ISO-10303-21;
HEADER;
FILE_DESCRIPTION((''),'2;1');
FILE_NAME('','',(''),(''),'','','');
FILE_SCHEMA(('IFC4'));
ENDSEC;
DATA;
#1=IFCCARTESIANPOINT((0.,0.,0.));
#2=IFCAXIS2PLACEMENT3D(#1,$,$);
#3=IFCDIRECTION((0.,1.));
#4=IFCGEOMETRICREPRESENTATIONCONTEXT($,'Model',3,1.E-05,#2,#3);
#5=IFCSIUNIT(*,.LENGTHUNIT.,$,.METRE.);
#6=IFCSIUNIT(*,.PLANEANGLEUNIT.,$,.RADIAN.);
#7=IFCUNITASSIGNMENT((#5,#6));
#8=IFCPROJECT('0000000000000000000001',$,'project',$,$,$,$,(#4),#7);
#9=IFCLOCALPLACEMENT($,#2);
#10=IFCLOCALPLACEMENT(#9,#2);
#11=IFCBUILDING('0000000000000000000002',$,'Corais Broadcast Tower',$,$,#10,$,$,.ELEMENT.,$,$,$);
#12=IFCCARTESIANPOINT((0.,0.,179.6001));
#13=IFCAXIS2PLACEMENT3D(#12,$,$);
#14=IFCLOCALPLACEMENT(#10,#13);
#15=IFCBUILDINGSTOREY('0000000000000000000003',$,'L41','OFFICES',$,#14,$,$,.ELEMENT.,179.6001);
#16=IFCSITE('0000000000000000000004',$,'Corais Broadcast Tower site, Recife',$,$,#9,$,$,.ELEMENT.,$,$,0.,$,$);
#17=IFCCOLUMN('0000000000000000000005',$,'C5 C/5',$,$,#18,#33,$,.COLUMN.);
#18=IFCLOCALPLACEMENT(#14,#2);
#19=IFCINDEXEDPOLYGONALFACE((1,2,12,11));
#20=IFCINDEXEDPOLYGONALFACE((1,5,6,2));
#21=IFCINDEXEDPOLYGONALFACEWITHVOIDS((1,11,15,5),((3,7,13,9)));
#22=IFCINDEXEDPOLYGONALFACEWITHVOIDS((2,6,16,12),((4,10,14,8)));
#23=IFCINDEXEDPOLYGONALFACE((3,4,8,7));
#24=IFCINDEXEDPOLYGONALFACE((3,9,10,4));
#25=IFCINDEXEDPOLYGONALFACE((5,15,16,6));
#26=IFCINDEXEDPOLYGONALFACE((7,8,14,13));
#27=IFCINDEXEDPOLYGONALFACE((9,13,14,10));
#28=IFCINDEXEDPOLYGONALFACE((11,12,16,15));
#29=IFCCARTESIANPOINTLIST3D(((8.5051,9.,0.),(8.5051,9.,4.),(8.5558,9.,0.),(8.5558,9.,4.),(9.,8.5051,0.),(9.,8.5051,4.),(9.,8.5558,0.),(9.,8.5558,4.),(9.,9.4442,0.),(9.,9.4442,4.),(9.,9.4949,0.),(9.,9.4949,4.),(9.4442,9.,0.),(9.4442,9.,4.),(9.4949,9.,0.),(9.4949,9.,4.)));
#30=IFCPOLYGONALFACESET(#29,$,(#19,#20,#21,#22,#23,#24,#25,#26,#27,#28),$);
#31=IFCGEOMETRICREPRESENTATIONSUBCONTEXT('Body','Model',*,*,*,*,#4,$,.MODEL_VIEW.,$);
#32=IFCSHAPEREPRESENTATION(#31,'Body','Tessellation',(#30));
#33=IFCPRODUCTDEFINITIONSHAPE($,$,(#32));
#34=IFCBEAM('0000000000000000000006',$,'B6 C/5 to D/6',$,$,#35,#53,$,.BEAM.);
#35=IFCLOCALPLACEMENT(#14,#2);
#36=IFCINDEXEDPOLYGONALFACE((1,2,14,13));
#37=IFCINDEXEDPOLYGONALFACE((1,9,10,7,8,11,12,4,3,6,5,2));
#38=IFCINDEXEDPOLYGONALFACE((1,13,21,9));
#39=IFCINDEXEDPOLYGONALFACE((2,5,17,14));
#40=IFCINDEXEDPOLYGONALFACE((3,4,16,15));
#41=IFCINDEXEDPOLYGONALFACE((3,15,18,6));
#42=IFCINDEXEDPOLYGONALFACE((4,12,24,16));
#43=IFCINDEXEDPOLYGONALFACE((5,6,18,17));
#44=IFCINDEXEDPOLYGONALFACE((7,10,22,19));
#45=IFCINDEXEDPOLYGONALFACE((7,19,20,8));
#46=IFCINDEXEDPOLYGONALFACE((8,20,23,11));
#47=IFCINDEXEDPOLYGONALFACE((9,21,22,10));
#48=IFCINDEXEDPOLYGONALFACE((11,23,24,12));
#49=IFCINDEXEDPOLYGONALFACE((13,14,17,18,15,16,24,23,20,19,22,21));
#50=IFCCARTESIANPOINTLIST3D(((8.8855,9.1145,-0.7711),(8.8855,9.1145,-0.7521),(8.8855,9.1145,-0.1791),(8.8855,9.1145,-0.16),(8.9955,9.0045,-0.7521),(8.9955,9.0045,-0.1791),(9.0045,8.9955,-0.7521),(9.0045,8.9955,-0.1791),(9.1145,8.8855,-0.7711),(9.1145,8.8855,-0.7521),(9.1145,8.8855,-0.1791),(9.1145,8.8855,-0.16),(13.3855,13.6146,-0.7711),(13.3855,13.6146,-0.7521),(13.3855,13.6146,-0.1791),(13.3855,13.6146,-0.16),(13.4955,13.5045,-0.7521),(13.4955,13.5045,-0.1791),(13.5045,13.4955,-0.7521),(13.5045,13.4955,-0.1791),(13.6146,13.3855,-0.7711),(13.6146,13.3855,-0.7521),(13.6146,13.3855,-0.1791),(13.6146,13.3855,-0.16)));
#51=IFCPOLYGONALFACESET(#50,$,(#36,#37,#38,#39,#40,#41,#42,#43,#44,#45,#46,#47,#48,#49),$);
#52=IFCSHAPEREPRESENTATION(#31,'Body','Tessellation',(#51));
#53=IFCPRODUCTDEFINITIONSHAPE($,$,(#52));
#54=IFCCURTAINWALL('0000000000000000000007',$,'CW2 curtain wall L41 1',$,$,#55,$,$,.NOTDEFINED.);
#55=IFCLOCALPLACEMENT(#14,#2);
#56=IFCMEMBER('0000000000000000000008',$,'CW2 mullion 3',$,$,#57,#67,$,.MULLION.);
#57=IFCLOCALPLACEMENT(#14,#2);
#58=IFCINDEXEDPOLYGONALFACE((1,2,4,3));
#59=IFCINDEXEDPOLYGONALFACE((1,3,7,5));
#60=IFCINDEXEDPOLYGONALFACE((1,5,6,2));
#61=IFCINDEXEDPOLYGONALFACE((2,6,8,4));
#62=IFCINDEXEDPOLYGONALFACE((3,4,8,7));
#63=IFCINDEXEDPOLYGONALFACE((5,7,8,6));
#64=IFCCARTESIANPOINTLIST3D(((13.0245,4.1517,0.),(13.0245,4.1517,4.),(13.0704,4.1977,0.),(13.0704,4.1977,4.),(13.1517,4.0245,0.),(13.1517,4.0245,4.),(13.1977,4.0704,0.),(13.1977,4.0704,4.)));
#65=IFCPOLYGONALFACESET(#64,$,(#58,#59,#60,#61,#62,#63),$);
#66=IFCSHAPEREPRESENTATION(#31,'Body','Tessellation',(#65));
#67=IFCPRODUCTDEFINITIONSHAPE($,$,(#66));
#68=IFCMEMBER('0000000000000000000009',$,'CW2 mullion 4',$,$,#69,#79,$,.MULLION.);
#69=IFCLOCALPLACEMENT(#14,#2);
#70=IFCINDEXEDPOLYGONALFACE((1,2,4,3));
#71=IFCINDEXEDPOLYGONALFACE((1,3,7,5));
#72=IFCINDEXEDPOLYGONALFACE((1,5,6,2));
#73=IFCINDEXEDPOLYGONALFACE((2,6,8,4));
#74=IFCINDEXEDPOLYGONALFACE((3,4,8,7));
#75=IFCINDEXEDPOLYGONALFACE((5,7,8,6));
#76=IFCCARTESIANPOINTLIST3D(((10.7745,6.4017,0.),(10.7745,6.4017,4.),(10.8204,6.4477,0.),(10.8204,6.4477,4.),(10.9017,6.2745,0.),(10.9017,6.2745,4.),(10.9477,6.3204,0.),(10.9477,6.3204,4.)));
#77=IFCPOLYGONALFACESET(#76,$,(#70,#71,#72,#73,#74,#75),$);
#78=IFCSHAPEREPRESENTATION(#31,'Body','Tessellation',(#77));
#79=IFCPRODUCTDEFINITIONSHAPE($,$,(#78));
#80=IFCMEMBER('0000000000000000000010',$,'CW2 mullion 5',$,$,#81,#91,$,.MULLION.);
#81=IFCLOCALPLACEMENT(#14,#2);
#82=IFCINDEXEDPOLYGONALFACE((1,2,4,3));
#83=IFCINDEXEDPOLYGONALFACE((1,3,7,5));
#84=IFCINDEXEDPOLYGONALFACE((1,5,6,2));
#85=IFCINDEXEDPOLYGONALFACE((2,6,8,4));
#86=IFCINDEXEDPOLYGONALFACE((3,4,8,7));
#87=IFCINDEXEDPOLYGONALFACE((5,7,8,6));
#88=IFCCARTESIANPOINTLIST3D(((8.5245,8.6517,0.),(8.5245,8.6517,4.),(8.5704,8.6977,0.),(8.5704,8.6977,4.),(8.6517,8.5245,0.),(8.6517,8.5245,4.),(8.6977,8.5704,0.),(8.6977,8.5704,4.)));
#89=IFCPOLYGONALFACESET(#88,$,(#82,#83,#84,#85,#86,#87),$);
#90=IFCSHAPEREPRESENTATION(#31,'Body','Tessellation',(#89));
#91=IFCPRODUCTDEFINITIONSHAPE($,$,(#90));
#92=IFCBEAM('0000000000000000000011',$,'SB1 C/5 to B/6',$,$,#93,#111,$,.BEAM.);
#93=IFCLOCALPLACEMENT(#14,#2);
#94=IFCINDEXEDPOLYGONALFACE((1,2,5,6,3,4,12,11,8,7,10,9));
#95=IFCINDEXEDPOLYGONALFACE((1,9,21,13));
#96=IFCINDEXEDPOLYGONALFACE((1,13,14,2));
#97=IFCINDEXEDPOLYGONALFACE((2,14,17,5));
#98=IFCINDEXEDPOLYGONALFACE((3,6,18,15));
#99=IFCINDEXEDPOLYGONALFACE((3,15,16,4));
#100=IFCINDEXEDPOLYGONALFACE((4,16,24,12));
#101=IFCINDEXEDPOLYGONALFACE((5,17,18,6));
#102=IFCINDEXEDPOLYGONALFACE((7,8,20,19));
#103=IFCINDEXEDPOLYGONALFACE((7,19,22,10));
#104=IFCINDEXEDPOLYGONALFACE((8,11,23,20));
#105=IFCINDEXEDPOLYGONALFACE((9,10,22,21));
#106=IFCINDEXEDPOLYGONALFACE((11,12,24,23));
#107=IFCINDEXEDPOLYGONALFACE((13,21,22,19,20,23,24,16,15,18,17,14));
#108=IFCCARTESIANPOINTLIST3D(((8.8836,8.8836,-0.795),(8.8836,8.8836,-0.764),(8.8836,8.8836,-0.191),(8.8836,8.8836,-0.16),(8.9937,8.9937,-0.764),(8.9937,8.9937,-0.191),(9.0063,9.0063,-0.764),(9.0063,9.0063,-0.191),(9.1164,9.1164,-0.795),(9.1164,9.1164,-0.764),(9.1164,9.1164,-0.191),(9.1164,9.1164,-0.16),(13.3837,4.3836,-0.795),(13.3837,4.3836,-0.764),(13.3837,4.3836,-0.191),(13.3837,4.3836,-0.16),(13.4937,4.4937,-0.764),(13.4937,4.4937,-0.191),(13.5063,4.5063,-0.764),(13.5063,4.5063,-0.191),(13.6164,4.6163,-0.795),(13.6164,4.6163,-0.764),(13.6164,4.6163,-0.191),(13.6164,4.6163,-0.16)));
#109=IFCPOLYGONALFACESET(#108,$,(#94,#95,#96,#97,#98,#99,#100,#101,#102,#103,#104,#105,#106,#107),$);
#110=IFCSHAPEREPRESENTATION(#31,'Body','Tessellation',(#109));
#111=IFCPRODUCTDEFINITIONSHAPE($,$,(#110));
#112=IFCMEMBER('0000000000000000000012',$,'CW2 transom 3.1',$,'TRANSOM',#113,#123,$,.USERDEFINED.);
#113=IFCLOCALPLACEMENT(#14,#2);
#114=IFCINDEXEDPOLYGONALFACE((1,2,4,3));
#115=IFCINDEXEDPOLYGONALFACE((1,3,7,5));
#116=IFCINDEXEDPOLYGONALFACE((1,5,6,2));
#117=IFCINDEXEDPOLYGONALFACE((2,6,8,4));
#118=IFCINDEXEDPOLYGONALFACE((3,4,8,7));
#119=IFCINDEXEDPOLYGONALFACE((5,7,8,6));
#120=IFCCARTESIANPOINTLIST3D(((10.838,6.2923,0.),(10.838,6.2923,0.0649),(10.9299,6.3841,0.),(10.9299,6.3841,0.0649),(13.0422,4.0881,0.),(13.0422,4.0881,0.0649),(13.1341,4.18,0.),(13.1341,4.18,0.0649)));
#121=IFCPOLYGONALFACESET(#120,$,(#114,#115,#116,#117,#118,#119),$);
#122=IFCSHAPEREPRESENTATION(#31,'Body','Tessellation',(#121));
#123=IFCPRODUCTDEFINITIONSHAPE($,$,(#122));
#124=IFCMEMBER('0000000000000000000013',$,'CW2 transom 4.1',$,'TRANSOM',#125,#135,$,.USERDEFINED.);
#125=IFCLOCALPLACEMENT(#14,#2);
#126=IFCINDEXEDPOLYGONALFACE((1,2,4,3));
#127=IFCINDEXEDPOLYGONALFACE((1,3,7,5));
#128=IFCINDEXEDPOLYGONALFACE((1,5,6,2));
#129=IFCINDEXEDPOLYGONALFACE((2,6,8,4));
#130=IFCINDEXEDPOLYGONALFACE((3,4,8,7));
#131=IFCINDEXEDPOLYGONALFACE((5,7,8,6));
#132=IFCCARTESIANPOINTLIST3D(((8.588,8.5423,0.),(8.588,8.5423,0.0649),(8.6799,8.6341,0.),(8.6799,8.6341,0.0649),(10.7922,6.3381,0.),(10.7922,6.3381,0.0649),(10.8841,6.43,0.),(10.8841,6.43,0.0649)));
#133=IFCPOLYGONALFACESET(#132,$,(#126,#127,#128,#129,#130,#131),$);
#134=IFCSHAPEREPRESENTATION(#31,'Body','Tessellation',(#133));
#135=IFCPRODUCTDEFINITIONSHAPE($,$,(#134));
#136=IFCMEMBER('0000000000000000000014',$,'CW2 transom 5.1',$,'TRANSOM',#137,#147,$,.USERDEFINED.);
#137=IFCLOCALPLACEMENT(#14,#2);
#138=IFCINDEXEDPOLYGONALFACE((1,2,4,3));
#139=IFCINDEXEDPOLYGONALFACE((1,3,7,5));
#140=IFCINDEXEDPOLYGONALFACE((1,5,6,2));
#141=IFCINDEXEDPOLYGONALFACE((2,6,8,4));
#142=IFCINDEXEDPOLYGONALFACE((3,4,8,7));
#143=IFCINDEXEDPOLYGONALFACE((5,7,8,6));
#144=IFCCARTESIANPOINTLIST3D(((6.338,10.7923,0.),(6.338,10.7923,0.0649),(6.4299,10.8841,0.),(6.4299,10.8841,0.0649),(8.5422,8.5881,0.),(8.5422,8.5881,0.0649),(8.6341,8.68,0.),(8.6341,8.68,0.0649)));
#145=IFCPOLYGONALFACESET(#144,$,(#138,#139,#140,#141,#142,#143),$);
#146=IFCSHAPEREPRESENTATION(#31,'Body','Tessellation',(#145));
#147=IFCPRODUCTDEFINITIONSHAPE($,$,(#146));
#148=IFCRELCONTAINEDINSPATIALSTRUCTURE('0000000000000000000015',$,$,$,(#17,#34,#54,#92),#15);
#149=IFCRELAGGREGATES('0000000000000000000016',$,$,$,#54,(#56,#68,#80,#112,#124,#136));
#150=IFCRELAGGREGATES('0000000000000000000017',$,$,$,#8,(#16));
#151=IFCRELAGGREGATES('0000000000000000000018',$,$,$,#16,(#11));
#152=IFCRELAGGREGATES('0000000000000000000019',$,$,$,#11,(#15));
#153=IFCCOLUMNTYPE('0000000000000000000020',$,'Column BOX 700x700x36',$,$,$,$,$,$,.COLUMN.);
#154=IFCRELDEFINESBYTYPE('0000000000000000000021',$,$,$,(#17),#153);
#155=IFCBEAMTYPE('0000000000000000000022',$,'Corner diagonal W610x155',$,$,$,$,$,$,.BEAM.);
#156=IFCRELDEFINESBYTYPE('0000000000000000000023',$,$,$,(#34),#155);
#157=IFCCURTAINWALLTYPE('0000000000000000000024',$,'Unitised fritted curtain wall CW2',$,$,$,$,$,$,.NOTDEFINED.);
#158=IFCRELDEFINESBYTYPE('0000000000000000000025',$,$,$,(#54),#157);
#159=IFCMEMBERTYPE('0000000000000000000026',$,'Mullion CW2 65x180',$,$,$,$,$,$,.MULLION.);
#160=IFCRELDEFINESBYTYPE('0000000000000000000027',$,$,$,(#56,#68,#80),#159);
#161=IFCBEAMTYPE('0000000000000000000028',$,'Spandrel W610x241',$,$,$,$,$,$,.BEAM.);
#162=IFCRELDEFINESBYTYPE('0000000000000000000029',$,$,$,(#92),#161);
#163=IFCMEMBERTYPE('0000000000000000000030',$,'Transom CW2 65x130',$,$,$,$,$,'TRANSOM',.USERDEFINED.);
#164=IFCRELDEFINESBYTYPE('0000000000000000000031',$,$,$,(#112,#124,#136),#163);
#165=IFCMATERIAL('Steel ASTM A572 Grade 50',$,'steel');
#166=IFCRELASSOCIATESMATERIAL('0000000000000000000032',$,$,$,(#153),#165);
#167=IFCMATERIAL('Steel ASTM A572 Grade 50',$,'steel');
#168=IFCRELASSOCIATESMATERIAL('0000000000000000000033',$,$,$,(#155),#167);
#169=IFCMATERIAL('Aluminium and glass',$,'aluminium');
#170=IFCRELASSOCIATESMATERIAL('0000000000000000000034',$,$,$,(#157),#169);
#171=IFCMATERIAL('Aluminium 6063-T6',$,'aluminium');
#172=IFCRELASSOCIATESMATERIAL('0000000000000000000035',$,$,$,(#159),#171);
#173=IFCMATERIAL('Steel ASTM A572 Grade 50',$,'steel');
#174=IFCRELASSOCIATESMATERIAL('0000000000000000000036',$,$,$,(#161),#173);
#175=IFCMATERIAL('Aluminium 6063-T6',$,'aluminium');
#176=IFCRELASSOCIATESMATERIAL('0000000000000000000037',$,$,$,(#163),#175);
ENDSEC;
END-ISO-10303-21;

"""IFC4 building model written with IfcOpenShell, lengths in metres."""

from ifc_helpers import new_model, si_unit, direction, frame, origin, origin_2d, place, context, subcontext, project, spatial, rectangle, hollow_rectangle, i_section, extrude, material, material_profile, profile_set, type_object, element, aggregate, save


model = new_model("IFC4")

# Units and contexts
model_context = context("Model", 3, precision=1e-05, world=origin(), true_north=direction((0.0, 1.0)))
body_context = subcontext(model_context, "Body", "Model", "MODEL_VIEW")
ifc_project = project(units=[si_unit("LENGTHUNIT", "METRE"), si_unit("PLANEANGLEUNIT", "RADIAN")], contexts=[model_context])

# Site, building, storey
site_placement = place(None, origin())
site = spatial("IfcSite", under=ifc_project, at=site_placement, Name="Corais Broadcast Tower site, Recife", CompositionType="ELEMENT", RefElevation=0.0)
building_placement = place(site_placement, origin())
building = spatial("IfcBuilding", under=site, at=building_placement, Name="Corais Broadcast Tower", CompositionType="ELEMENT")
storey_placement = place(building_placement, frame((0.0, 0.0, 179.6001)))
storey = spatial("IfcBuildingStorey", under=building, at=storey_placement, Name="L41", Description="OFFICES", CompositionType="ELEMENT", Elevation=179.6001)

# Column
ifc_material_1 = material(Name="Steel ASTM A572 Grade 50", Category="steel")
ifc_material_profile_1 = material_profile(ifc_material_1, hollow_rectangle(XDim=0.7, YDim=0.7, WallThickness=0.0359, at=origin_2d()), Name="BOX 700x700x36")
ifc_profile_set_1 = profile_set([ifc_material_profile_1], Name="Steel ASTM A572 Grade 50")
column_type = type_object("IfcColumnType", Name="Column BOX 700x700x36", PredefinedType="COLUMN", material=ifc_profile_set_1)
column_placement = place(storey_placement, frame((9.0, 9.0, 0.0), z_axis=(0.0, 0.0, 1.0), x_axis=(0.707107, 0.707107, 0.0)))
element("IfcColumn", 1, at=column_placement, inside=storey, type_object=column_type, Name="C5 C/5", PredefinedType="COLUMN", context=body_context, shape_type="SweptSolid", body=[
    extrude(hollow_rectangle(XDim=0.7, YDim=0.7, WallThickness=0.0359, at=origin_2d()), origin(), (0.0, 0.0, 1.0), 4.0),
])

# Beam
ifc_material_2 = material(Name="Steel ASTM A572 Grade 50", Category="steel")
ifc_material_profile_2 = material_profile(ifc_material_2, i_section(OverallWidth=0.324, OverallDepth=0.6111, WebThickness=0.0127, FlangeThickness=0.019, at=origin_2d()), Name="W610x155")
ifc_profile_set_2 = profile_set([ifc_material_profile_2], Name="Steel ASTM A572 Grade 50")
beam_type_1 = type_object("IfcBeamType", Name="Corner diagonal W610x155", PredefinedType="BEAM", material=ifc_profile_set_2)
beam_1_placement = place(storey_placement, frame((9.0, 9.0, -0.4656), z_axis=(0.707107, 0.707107, 0.0), x_axis=(-0.707107, 0.707107, 0.0)))
element("IfcBeam", 2, at=beam_1_placement, inside=storey, type_object=beam_type_1, Name="B6 C/5 to D/6", PredefinedType="BEAM", context=body_context, shape_type="SweptSolid", body=[
    extrude(i_section(OverallWidth=0.324, OverallDepth=0.6111, WebThickness=0.0127, FlangeThickness=0.019, at=origin_2d()), origin(), (0.0, 0.0, 1.0), 6.364),
])

# Curtain wall, members
ifc_material_3 = material(Name="Aluminium and glass", Category="aluminium")
curtain_wall_type = type_object("IfcCurtainWallType", Name="Unitised fritted curtain wall CW2", PredefinedType="NOTDEFINED", material=ifc_material_3)
curtain_wall_placement = place(storey_placement, origin())
curtain_wall = element("IfcCurtainWall", 3, at=curtain_wall_placement, inside=storey, type_object=curtain_wall_type, Name="CW2 curtain wall L41 1", PredefinedType="NOTDEFINED")
ifc_material_4 = material(Name="Aluminium 6063-T6", Category="aluminium")
ifc_material_profile_3 = material_profile(ifc_material_4, rectangle(XDim=0.0649, YDim=0.1799, at=origin_2d()), Name="Mullion CW2 65x180")
ifc_profile_set_3 = profile_set([ifc_material_profile_3], Name="Aluminium 6063-T6")
member_type_1 = type_object("IfcMemberType", Name="Mullion CW2 65x180", PredefinedType="MULLION", material=ifc_profile_set_3)
member_1_placement = place(storey_placement, frame((13.1111, 4.1111, 0.0), z_axis=(0.0, 0.0, 1.0), x_axis=(-0.707107, -0.707107, 0.0)))
member_1 = element("IfcMember", 4, at=member_1_placement, type_object=member_type_1, Name="CW2 mullion 3", PredefinedType="MULLION", context=body_context, shape_type="SweptSolid", body=[
    extrude(rectangle(XDim=0.0649, YDim=0.1799, at=origin_2d()), origin(), (0.0, 0.0, 1.0), 4.0),
])
member_2_placement = place(storey_placement, frame((10.8611, 6.3611, 0.0), z_axis=(0.0, 0.0, 1.0), x_axis=(-0.707107, -0.707107, 0.0)))
member_2 = element("IfcMember", 5, at=member_2_placement, type_object=member_type_1, Name="CW2 mullion 4", PredefinedType="MULLION", context=body_context, shape_type="SweptSolid", body=[
    extrude(rectangle(XDim=0.0649, YDim=0.1799, at=origin_2d()), origin(), (0.0, 0.0, 1.0), 4.0),
])
member_3_placement = place(storey_placement, frame((8.6111, 8.6111, 0.0), z_axis=(0.0, 0.0, 1.0), x_axis=(-0.707107, -0.707107, 0.0)))
member_3 = element("IfcMember", 6, at=member_3_placement, type_object=member_type_1, Name="CW2 mullion 5", PredefinedType="MULLION", context=body_context, shape_type="SweptSolid", body=[
    extrude(rectangle(XDim=0.0649, YDim=0.1799, at=origin_2d()), origin(), (0.0, 0.0, 1.0), 4.0),
])

# Beam
ifc_material_5 = material(Name="Steel ASTM A572 Grade 50", Category="steel")
ifc_material_profile_4 = material_profile(ifc_material_5, i_section(OverallWidth=0.3291, OverallDepth=0.635, WebThickness=0.0178, FlangeThickness=0.031, at=origin_2d()), Name="W610x241")
ifc_profile_set_4 = profile_set([ifc_material_profile_4], Name="Steel ASTM A572 Grade 50")
beam_type_2 = type_object("IfcBeamType", Name="Spandrel W610x241", PredefinedType="BEAM", material=ifc_profile_set_4)
beam_2_placement = place(storey_placement, frame((9.0, 9.0, -0.4775), z_axis=(0.707107, -0.707107, 0.0), x_axis=(0.707107, 0.707107, 0.0)))
element("IfcBeam", 7, at=beam_2_placement, inside=storey, type_object=beam_type_2, Name="SB1 C/5 to B/6", PredefinedType="BEAM", context=body_context, shape_type="SweptSolid", body=[
    extrude(i_section(OverallWidth=0.3291, OverallDepth=0.635, WebThickness=0.0178, FlangeThickness=0.031, at=origin_2d()), origin(), (0.0, 0.0, 1.0), 6.364),
])

# Members
ifc_material_6 = material(Name="Aluminium 6063-T6", Category="aluminium")
ifc_material_profile_5 = material_profile(ifc_material_6, rectangle(XDim=0.1299, YDim=0.0649, at=origin_2d()), Name="Transom CW2 65x130")
ifc_profile_set_5 = profile_set([ifc_material_profile_5], Name="Aluminium 6063-T6")
member_type_2 = type_object("IfcMemberType", Name="Transom CW2 65x130", ElementType="TRANSOM", PredefinedType="USERDEFINED", material=ifc_profile_set_5)
member_4_placement = place(storey_placement, frame((13.0881, 4.134, 0.0325), z_axis=(-0.707107, 0.707107, 0.0), x_axis=(-0.707107, -0.707107, 0.0)))
member_4 = element("IfcMember", 8, at=member_4_placement, type_object=member_type_2, Name="CW2 transom 3.1", ObjectType="TRANSOM", PredefinedType="USERDEFINED", context=body_context, shape_type="SweptSolid", body=[
    extrude(rectangle(XDim=0.1299, YDim=0.0649, at=origin_2d()), origin(), (0.0, 0.0, 1.0), 3.1172),
])
member_5_placement = place(storey_placement, frame((10.8381, 6.384, 0.0325), z_axis=(-0.707107, 0.707107, 0.0), x_axis=(-0.707107, -0.707107, 0.0)))
member_5 = element("IfcMember", 9, at=member_5_placement, type_object=member_type_2, Name="CW2 transom 4.1", ObjectType="TRANSOM", PredefinedType="USERDEFINED", context=body_context, shape_type="SweptSolid", body=[
    extrude(rectangle(XDim=0.1299, YDim=0.0649, at=origin_2d()), origin(), (0.0, 0.0, 1.0), 3.1172),
])
member_6_placement = place(storey_placement, frame((8.5881, 8.634, 0.0325), z_axis=(-0.707107, 0.707107, 0.0), x_axis=(-0.707107, -0.707107, 0.0)))
member_6 = element("IfcMember", 10, at=member_6_placement, type_object=member_type_2, Name="CW2 transom 5.1", ObjectType="TRANSOM", PredefinedType="USERDEFINED", context=body_context, shape_type="SweptSolid", body=[
    extrude(rectangle(XDim=0.1299, YDim=0.0649, at=origin_2d()), origin(), (0.0, 0.0, 1.0), 3.1172),
])

aggregate(curtain_wall, [member_1, member_2, member_3, member_4, member_5, member_6])

save(model, "model.ifc")
